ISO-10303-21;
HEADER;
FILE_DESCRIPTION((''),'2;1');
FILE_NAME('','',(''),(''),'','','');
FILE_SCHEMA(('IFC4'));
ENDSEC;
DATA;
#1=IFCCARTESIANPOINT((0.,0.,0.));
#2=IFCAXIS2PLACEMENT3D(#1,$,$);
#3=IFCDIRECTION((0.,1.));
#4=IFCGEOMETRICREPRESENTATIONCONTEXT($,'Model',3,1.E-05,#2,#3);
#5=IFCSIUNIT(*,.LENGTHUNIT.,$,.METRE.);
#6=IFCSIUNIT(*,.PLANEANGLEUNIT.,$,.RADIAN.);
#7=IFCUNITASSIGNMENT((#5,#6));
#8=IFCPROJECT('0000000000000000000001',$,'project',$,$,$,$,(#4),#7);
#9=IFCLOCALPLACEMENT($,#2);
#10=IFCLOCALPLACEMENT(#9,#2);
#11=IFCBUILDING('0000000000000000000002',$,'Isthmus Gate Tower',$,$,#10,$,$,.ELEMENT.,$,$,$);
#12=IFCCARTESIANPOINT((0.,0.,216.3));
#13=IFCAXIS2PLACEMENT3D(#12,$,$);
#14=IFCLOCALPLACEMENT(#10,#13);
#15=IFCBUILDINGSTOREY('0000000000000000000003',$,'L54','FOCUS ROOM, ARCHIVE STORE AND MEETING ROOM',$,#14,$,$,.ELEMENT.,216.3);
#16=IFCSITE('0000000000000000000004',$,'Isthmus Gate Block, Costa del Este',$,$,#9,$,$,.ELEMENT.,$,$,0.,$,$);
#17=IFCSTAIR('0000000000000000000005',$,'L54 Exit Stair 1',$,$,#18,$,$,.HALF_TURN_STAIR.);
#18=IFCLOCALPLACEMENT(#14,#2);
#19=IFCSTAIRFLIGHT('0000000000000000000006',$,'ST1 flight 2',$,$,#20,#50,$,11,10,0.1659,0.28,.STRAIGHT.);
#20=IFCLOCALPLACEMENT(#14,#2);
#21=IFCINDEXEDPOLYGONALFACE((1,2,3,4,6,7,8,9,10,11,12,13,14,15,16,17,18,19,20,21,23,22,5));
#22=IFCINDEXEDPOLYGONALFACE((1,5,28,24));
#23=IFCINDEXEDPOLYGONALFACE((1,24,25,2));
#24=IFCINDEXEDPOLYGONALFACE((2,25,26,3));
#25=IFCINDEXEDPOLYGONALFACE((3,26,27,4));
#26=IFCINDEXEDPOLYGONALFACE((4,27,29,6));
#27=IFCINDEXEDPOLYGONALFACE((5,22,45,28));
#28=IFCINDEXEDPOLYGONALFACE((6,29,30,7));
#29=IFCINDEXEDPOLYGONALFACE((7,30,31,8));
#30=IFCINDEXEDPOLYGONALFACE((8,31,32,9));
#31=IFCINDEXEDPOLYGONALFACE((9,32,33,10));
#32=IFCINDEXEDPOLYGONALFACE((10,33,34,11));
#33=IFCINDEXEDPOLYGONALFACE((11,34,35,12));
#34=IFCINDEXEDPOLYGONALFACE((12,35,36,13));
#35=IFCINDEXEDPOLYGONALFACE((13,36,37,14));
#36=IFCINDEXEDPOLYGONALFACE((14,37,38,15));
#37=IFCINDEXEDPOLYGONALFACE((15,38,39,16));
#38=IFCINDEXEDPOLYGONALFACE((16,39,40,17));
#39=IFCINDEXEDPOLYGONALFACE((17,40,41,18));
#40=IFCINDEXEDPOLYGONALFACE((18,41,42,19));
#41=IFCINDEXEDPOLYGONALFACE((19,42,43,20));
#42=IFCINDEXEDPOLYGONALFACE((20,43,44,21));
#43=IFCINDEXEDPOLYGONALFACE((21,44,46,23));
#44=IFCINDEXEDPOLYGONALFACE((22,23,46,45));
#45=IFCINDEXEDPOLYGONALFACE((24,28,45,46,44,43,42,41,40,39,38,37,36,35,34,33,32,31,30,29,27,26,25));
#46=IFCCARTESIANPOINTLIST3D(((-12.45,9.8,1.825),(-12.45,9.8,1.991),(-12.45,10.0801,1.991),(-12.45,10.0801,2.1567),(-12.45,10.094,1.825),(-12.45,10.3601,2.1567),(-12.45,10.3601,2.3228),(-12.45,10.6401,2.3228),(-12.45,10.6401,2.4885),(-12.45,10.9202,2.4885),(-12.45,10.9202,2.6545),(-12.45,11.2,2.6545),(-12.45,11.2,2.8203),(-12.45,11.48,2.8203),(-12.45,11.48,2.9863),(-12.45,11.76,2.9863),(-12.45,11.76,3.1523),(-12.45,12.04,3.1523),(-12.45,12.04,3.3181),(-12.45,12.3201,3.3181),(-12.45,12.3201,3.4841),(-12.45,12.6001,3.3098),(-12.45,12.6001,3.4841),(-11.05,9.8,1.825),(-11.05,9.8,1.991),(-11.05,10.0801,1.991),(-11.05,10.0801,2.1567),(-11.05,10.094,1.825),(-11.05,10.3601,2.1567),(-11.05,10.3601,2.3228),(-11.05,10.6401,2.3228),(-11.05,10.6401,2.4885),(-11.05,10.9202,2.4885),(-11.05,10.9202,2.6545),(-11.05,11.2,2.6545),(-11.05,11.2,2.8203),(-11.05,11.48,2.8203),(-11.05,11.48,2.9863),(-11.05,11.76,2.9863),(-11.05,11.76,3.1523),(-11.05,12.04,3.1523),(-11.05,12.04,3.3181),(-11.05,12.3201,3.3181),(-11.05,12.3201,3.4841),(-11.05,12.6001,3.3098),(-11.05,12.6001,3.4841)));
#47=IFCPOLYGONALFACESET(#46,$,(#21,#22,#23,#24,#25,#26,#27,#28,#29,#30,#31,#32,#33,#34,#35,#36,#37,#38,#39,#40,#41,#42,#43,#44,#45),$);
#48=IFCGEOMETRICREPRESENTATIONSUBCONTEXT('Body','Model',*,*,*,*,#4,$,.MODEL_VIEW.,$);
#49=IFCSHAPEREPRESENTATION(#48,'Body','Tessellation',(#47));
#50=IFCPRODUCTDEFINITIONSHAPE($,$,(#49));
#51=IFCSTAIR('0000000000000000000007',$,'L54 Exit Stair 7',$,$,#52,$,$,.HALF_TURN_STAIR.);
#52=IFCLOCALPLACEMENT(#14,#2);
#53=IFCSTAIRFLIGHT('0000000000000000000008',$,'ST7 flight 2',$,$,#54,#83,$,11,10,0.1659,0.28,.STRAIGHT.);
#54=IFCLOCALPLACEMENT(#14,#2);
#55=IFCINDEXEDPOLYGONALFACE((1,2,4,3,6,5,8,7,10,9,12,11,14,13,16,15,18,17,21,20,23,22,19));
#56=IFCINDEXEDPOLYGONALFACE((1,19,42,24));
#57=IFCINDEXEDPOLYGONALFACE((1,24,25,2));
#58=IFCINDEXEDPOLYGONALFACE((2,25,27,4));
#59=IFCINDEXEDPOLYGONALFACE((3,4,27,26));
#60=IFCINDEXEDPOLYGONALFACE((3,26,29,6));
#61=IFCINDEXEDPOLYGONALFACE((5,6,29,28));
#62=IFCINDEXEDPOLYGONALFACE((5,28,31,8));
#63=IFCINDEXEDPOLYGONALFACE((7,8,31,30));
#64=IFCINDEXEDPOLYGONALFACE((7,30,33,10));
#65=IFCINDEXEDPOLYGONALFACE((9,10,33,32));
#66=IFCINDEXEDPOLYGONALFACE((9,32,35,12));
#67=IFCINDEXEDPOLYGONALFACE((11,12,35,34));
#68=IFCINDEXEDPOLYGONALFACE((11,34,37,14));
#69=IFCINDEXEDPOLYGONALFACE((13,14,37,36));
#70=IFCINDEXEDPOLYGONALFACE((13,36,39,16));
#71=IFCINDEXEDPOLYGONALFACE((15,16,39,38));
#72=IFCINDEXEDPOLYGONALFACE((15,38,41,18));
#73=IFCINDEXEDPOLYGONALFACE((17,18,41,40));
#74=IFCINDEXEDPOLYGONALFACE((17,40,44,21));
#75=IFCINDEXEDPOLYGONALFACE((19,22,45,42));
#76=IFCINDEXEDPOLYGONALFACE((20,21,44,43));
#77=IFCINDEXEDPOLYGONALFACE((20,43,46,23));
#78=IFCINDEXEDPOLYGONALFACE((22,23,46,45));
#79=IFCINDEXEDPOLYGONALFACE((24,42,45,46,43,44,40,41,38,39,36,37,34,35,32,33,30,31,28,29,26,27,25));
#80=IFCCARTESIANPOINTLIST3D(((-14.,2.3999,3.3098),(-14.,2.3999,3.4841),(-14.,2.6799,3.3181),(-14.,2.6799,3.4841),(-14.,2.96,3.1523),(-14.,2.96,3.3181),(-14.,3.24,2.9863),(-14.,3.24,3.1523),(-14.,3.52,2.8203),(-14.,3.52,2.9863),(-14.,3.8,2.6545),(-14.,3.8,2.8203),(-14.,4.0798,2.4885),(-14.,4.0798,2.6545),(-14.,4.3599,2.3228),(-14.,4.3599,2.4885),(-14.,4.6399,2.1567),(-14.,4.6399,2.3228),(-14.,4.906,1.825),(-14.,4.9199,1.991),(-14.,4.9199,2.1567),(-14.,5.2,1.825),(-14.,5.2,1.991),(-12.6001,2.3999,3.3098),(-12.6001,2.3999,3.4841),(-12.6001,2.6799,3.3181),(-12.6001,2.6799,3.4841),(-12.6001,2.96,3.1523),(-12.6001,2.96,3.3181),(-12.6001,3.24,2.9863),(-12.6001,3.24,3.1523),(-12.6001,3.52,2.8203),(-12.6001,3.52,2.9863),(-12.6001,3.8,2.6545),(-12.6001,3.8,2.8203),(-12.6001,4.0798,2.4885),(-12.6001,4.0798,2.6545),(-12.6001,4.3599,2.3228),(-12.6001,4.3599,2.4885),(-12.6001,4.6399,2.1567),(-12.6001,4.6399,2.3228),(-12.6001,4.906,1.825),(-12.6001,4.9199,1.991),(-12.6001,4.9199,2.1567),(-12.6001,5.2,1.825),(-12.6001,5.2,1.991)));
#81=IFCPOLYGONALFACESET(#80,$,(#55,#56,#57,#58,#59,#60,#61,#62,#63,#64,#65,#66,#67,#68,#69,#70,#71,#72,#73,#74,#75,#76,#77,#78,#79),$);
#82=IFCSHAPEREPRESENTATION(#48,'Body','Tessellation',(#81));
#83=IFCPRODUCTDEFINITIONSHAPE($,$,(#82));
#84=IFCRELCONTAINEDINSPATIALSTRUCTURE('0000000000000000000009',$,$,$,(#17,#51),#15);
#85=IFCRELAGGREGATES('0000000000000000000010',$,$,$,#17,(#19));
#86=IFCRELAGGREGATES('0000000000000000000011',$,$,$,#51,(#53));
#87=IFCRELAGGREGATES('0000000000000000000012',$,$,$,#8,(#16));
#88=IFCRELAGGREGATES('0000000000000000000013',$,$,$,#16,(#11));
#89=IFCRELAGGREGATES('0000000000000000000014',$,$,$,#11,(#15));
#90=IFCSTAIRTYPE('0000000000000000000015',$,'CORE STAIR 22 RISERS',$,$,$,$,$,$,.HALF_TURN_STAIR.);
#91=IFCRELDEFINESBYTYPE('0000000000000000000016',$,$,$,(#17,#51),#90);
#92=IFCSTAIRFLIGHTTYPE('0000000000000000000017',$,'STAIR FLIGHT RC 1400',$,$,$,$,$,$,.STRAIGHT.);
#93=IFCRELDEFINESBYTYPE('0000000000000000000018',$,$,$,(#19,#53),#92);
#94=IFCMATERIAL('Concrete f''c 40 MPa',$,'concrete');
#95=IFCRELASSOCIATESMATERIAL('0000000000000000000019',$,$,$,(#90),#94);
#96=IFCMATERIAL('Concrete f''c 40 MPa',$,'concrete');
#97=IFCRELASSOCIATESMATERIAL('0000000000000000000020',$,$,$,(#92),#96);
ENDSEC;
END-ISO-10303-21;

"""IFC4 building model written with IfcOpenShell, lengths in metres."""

from ifc_helpers import new_model, si_unit, direction, frame, origin, place, context, subcontext, project, spatial, polyline, outline, extrude, material, type_object, element, aggregate, save


model = new_model("IFC4")

# Units and contexts
model_context = context("Model", 3, precision=1e-05, world=origin(), true_north=direction((0.0, 1.0)))
body_context = subcontext(model_context, "Body", "Model", "MODEL_VIEW")
ifc_project = project(units=[si_unit("LENGTHUNIT", "METRE"), si_unit("PLANEANGLEUNIT", "RADIAN")], contexts=[model_context])

# Site, building, storey
site_placement = place(None, origin())
site = spatial("IfcSite", under=ifc_project, at=site_placement, Name="Isthmus Gate Block, Costa del Este", CompositionType="ELEMENT", RefElevation=0.0)
building_placement = place(site_placement, origin())
building = spatial("IfcBuilding", under=site, at=building_placement, Name="Isthmus Gate Tower", CompositionType="ELEMENT")
storey_placement = place(building_placement, frame((0.0, 0.0, 216.3)))
storey = spatial("IfcBuildingStorey", under=building, at=storey_placement, Name="L54", Description="FOCUS ROOM, ARCHIVE STORE AND MEETING ROOM", CompositionType="ELEMENT", Elevation=216.3)

# Stair, stair flight
ifc_material_1 = material(Name="Concrete f'c 40 MPa", Category="concrete")
stair_type = type_object("IfcStairType", Name="CORE STAIR 22 RISERS", PredefinedType="HALF_TURN_STAIR", material=ifc_material_1)
stair_1_placement = place(storey_placement, origin())
stair_1 = element("IfcStair", 1, at=stair_1_placement, inside=storey, type_object=stair_type, Name="L54 Exit Stair 1", PredefinedType="HALF_TURN_STAIR")
ifc_material_2 = material(Name="Concrete f'c 40 MPa", Category="concrete")
stair_flight_type = type_object("IfcStairFlightType", Name="STAIR FLIGHT RC 1400", PredefinedType="STRAIGHT", material=ifc_material_2)
stair_flight_1_placement = place(storey_placement, frame((-11.75, 9.8, 1.825), z_axis=(0.0, 0.0, 1.0), x_axis=(0.0, 1.0, 0.0)))
stair_flight_1 = element("IfcStairFlight", 2, at=stair_flight_1_placement, type_object=stair_flight_type, Name="ST1 flight 2", NumberOfRisers=11, NumberOfTreads=10, PredefinedType="STRAIGHT", RiserHeight=0.1659, TreadLength=0.28, context=body_context, shape_type="SweptSolid", body=[
    extrude(outline(polyline([(0.0, 0.0), (0.0, 0.166), (0.28, 0.166), (0.28, 0.3318), (0.5601, 0.3318), (0.5601, 0.4978), (0.8401, 0.4978), (0.8401, 0.6636), (1.1201, 0.6636), (1.1201, 0.8296), (1.3999, 0.8296), (1.3999, 0.9954), (1.6799, 0.9954), (1.6799, 1.1614), (1.96, 1.1614), (1.96, 1.3274), (2.24, 1.3274), (2.24, 1.4932), (2.52, 1.4932), (2.52, 1.6592), (2.8, 1.6592), (2.8, 1.825), (2.8, 1.4849), (0.2939, 0.0), (0.0, 0.0)])), frame((0.0, 0.7, 0.0), z_axis=(0.0, -1.0, 0.0), x_axis=(1.0, 0.0, 0.0)), (0.0, 0.0, 1.0), 1.3999),
])
aggregate(stair_1, [stair_flight_1])

# Stair, stair flight
stair_2_placement = place(storey_placement, origin())
stair_2 = element("IfcStair", 3, at=stair_2_placement, inside=storey, type_object=stair_type, Name="L54 Exit Stair 7", PredefinedType="HALF_TURN_STAIR")
stair_flight_2_placement = place(storey_placement, frame((-13.3, 5.2, 1.825), z_axis=(0.0, 0.0, 1.0), x_axis=(0.0, -1.0, 0.0)))
stair_flight_2 = element("IfcStairFlight", 4, at=stair_flight_2_placement, type_object=stair_flight_type, Name="ST7 flight 2", NumberOfRisers=11, NumberOfTreads=10, PredefinedType="STRAIGHT", RiserHeight=0.1659, TreadLength=0.28, context=body_context, shape_type="SweptSolid", body=[
    extrude(outline(polyline([(0.0, 0.0), (0.0, 0.166), (0.28, 0.166), (0.28, 0.3318), (0.5601, 0.3318), (0.5601, 0.4978), (0.8401, 0.4978), (0.8401, 0.6636), (1.1201, 0.6636), (1.1201, 0.8296), (1.3999, 0.8296), (1.3999, 0.9954), (1.6799, 0.9954), (1.6799, 1.1614), (1.96, 1.1614), (1.96, 1.3274), (2.24, 1.3274), (2.24, 1.4932), (2.52, 1.4932), (2.52, 1.6592), (2.8, 1.6592), (2.8, 1.825), (2.8, 1.4849), (0.2939, 0.0), (0.0, 0.0)])), frame((0.0, 0.7, 0.0), z_axis=(0.0, -1.0, 0.0), x_axis=(1.0, 0.0, 0.0)), (0.0, 0.0, 1.0), 1.3999),
])
aggregate(stair_2, [stair_flight_2])

save(model, "model.ifc")
